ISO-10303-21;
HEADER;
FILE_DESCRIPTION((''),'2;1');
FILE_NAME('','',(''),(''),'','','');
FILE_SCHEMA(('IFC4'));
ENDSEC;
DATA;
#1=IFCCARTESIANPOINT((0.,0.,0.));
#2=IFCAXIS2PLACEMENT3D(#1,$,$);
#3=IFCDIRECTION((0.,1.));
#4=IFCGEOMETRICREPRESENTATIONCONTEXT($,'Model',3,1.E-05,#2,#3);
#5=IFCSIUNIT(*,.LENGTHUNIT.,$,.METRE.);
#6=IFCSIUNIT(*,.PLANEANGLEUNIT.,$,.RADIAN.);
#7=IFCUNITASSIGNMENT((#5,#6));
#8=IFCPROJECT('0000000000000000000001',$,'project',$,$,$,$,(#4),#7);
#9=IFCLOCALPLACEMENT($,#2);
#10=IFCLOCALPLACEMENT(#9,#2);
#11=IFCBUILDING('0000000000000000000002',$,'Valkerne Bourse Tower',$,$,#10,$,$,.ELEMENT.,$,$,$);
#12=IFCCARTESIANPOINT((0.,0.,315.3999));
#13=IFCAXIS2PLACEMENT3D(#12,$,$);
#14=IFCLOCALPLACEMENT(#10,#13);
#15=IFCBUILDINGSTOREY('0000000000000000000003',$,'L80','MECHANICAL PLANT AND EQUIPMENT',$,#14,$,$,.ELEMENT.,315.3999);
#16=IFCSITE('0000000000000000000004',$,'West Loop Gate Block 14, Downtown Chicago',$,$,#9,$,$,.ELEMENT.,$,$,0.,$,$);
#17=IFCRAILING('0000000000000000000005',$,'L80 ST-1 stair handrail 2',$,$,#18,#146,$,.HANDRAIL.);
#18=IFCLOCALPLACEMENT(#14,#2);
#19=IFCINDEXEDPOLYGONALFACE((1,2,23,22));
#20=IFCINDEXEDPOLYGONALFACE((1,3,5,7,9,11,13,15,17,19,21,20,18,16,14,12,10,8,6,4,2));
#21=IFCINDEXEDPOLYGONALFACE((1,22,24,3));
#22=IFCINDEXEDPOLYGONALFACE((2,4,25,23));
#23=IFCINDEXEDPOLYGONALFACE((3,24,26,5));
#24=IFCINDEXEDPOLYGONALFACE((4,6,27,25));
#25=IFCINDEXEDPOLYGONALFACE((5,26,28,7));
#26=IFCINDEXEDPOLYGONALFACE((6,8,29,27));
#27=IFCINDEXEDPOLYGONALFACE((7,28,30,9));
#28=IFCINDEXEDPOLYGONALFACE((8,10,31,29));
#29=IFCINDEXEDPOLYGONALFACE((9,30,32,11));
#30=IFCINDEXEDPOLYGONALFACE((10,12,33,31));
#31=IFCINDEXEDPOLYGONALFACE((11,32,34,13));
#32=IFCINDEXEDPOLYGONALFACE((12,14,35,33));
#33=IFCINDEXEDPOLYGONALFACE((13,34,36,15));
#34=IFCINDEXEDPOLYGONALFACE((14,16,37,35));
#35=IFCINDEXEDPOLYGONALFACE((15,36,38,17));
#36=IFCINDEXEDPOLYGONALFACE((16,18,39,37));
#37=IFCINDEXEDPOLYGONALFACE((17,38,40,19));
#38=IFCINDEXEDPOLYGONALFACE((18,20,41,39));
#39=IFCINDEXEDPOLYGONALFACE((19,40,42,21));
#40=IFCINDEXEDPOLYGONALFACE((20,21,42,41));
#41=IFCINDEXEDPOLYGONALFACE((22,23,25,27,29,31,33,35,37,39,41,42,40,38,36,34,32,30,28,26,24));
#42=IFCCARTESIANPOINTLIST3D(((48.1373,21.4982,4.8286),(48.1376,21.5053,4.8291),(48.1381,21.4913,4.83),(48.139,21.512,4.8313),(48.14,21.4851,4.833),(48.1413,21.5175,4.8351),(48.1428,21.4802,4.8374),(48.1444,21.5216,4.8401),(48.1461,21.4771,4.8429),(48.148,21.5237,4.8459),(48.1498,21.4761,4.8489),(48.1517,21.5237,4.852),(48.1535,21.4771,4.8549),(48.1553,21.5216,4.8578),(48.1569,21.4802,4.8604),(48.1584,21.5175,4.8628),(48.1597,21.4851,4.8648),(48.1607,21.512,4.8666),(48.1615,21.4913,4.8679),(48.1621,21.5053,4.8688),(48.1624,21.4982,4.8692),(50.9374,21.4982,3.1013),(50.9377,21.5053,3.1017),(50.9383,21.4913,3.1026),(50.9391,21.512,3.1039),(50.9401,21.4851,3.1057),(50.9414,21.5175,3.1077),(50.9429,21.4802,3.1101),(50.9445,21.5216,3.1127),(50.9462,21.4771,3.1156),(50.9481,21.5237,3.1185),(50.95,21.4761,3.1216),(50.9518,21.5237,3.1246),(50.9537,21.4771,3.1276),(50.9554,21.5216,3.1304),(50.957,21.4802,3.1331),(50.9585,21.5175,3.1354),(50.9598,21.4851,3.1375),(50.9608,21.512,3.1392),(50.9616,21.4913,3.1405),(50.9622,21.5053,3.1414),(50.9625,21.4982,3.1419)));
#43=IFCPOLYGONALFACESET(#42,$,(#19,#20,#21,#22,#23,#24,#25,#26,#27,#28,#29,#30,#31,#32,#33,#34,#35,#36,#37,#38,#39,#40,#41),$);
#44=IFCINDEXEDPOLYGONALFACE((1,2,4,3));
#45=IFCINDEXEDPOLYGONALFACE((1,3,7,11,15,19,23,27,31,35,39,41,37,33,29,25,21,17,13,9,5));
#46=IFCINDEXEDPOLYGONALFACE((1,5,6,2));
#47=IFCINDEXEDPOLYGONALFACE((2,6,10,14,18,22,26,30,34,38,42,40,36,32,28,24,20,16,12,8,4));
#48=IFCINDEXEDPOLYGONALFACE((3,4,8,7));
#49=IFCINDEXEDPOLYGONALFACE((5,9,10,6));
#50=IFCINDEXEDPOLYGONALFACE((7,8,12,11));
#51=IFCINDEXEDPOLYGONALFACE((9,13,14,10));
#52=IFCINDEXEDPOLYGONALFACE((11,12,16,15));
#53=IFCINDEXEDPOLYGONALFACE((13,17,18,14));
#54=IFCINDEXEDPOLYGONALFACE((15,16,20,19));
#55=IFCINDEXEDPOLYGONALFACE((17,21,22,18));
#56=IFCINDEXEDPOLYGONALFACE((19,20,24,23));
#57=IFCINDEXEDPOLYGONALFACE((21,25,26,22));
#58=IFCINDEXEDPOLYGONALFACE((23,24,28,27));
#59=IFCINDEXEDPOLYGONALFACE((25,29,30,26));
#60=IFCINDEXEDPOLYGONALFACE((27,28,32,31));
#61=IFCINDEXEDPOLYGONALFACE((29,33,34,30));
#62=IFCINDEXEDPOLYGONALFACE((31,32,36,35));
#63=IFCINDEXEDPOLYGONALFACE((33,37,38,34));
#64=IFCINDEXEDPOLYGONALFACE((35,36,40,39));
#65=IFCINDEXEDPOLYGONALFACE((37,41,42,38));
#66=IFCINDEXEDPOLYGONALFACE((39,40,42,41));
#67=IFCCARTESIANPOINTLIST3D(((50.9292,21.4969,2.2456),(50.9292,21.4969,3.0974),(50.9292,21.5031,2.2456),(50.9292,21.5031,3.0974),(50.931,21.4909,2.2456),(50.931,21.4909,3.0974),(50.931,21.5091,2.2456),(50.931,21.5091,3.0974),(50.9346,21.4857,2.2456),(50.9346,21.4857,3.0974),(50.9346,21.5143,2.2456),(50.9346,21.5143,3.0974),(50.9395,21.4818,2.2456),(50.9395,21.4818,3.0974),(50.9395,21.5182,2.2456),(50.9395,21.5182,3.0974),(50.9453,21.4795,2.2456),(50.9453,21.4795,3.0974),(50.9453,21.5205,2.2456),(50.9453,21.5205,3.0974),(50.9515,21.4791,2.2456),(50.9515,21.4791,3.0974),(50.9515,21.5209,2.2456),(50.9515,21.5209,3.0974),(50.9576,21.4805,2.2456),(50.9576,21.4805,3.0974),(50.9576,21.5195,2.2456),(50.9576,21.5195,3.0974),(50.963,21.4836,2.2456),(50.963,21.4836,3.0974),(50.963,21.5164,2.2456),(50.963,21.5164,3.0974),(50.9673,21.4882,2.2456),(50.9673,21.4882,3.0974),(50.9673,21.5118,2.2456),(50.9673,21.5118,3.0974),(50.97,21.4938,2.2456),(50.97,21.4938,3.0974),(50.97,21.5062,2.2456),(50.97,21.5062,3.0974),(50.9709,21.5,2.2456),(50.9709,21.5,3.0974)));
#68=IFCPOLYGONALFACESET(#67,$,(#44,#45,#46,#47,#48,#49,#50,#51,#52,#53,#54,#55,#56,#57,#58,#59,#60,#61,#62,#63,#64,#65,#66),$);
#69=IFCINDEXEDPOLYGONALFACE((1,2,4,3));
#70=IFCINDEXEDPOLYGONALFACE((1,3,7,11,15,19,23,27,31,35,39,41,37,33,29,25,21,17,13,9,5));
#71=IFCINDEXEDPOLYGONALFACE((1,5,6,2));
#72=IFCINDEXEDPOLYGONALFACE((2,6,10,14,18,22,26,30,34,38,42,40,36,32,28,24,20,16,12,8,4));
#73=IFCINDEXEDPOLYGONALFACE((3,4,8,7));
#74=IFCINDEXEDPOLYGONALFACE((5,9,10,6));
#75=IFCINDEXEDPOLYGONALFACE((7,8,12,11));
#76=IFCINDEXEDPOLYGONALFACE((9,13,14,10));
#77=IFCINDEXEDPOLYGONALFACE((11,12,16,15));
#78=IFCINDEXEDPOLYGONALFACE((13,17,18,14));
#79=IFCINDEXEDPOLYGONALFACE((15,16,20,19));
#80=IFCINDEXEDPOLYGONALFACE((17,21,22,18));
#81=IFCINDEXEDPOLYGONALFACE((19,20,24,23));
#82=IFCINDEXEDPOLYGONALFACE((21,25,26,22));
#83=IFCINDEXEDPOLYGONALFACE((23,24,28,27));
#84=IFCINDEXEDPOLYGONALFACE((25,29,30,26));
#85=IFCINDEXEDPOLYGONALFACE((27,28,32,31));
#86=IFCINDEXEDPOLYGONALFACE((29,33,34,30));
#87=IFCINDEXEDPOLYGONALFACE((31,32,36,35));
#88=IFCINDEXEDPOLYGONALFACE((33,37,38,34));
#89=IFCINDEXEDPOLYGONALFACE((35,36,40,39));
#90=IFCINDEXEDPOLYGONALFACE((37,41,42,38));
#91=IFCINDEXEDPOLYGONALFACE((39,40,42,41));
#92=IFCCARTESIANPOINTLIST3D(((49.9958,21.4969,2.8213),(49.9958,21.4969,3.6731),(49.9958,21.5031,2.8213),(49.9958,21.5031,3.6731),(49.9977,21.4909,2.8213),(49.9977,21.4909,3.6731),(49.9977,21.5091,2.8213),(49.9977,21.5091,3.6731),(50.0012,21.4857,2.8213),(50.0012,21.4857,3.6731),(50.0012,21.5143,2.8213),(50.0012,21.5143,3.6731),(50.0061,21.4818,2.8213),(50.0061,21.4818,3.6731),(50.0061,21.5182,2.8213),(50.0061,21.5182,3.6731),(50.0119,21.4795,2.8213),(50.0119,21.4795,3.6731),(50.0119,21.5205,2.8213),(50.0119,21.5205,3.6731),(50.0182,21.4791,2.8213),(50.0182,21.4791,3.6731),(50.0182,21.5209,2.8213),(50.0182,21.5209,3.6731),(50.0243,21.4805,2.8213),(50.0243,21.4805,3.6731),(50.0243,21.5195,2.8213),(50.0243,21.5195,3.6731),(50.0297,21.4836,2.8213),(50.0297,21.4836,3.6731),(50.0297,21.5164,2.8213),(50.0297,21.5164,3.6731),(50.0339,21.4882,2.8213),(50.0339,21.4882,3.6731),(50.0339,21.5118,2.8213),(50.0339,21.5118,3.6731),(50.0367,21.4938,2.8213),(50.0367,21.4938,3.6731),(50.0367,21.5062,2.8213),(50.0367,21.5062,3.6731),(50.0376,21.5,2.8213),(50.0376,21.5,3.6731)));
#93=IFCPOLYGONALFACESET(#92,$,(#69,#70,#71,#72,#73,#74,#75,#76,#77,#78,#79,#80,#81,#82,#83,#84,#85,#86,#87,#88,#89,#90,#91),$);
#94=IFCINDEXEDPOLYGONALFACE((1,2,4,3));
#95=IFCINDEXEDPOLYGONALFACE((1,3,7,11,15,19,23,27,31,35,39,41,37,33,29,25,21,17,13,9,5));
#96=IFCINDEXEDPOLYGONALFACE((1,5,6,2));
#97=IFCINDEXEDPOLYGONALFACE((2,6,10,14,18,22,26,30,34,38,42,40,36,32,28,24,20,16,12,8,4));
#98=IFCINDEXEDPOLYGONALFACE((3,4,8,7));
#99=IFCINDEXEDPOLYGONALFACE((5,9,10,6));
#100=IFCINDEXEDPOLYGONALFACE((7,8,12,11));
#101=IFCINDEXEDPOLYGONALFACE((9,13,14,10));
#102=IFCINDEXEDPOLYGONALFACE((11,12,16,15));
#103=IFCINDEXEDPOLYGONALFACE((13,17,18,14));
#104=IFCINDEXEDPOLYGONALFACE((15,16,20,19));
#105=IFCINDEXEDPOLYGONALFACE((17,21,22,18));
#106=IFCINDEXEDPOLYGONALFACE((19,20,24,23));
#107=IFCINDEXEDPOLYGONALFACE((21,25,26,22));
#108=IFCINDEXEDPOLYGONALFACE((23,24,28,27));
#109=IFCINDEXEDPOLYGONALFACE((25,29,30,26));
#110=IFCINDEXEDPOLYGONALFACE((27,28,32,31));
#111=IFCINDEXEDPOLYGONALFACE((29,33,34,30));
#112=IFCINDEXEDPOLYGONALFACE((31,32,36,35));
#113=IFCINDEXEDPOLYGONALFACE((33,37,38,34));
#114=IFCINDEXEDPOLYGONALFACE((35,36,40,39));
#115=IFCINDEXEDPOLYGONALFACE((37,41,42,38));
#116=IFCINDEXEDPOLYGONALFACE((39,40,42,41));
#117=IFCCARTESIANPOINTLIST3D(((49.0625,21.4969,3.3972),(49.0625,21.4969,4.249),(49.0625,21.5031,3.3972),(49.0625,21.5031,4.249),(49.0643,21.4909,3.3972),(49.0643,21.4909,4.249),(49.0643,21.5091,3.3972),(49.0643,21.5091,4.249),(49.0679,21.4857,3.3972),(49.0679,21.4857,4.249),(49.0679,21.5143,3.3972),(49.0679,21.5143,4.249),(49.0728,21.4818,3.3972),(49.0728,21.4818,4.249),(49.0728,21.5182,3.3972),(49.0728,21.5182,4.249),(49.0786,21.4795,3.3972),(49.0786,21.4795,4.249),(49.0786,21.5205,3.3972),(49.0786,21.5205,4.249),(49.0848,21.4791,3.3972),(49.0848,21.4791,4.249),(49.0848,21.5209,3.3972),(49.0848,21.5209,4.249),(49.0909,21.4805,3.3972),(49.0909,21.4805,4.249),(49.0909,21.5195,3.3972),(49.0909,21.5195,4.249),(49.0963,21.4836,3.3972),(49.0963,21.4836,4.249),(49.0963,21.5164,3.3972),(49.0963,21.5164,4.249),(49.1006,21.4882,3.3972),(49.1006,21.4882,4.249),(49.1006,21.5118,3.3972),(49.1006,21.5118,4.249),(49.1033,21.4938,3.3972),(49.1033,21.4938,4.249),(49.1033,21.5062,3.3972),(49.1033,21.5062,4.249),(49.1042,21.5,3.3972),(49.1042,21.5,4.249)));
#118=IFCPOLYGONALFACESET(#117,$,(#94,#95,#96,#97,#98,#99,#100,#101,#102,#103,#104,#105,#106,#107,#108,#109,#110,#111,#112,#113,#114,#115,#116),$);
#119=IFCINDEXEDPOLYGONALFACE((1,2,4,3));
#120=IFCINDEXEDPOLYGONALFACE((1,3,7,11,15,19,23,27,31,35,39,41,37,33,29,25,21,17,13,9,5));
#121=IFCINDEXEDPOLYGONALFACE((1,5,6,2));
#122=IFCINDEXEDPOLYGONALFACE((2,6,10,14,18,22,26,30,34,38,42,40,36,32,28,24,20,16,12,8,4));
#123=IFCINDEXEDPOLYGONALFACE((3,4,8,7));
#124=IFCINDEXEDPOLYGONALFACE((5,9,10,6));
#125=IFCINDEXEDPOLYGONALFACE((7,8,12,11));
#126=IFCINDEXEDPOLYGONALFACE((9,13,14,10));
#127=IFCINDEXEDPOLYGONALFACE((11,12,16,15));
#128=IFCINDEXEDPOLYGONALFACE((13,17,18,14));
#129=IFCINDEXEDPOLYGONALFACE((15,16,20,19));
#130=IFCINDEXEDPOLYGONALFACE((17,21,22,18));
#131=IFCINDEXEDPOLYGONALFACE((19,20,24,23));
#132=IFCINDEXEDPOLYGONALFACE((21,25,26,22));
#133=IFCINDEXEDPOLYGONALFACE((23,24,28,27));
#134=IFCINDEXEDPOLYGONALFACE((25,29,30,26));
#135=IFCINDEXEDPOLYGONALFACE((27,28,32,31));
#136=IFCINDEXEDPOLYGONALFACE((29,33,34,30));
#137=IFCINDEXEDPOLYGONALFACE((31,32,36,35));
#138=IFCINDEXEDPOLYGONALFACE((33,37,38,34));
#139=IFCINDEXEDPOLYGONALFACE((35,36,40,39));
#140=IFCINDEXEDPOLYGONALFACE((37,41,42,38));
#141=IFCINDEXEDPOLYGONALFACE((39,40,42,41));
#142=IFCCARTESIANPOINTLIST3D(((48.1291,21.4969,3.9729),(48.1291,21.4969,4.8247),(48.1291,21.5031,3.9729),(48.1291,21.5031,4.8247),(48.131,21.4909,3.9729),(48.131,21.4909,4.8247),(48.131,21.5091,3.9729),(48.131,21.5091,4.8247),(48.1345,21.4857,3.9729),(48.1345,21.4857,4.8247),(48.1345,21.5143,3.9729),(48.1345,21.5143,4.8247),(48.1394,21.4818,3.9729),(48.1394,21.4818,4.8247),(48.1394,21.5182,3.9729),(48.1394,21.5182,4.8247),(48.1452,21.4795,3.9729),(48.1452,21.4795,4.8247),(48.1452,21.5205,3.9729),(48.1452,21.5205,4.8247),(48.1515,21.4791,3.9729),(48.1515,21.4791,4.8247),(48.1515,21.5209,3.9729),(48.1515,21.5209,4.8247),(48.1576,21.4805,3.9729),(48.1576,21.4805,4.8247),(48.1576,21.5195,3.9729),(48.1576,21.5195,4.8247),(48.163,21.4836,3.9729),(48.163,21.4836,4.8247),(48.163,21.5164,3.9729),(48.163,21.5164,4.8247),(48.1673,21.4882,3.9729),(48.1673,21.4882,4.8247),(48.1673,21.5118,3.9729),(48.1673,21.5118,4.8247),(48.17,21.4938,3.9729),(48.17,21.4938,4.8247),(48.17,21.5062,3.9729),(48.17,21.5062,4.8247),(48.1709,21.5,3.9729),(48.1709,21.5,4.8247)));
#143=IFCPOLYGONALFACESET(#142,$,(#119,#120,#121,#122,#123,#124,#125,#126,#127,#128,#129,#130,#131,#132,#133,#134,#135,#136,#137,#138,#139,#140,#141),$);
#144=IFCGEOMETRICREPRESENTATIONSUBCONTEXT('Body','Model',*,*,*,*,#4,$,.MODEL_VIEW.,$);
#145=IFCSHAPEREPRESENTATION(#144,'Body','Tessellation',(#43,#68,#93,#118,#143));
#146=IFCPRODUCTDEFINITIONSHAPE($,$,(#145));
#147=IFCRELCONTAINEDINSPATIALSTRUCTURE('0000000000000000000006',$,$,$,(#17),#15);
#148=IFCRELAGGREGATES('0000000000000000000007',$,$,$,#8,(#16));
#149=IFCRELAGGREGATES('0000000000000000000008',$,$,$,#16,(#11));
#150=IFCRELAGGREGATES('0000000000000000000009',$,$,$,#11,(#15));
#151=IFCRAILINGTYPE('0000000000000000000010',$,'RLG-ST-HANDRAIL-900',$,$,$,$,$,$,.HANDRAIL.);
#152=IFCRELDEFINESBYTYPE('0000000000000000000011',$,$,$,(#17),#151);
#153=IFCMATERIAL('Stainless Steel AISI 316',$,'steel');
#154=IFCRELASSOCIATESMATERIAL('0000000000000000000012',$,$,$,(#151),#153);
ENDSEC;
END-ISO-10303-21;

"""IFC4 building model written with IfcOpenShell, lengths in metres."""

from ifc_helpers import new_model, si_unit, direction, frame, origin, origin_2d, place, context, subcontext, project, spatial, circle, extrude, material, type_object, element, save


model = new_model("IFC4")

# Units and contexts
model_context = context("Model", 3, precision=1e-05, world=origin(), true_north=direction((0.0, 1.0)))
body_context = subcontext(model_context, "Body", "Model", "MODEL_VIEW")
ifc_project = project(units=[si_unit("LENGTHUNIT", "METRE"), si_unit("PLANEANGLEUNIT", "RADIAN")], contexts=[model_context])

# Site, building, storey
site_placement = place(None, origin())
site = spatial("IfcSite", under=ifc_project, at=site_placement, Name="West Loop Gate Block 14, Downtown Chicago", CompositionType="ELEMENT", RefElevation=0.0)
building_placement = place(site_placement, origin())
building = spatial("IfcBuilding", under=site, at=building_placement, Name="Valkerne Bourse Tower", CompositionType="ELEMENT")
storey_placement = place(building_placement, frame((0.0, 0.0, 315.3999)))
storey = spatial("IfcBuildingStorey", under=building, at=storey_placement, Name="L80", Description="MECHANICAL PLANT AND EQUIPMENT", CompositionType="ELEMENT", Elevation=315.3999)

# Shared definitions
ifc_material_1 = material(Name="Stainless Steel AISI 316", Category="steel")

# Railing
railing_type_1 = type_object("IfcRailingType", Name="RLG-ST-HANDRAIL-900", PredefinedType="HANDRAIL", material=ifc_material_1)
railing_1_placement = place(storey_placement, frame((50.95, 21.5, 2.2456)))
element("IfcRailing", 1, at=railing_1_placement, inside=storey, type_object=railing_type_1, Name="L80 ST-1 stair handrail 2", PredefinedType="HANDRAIL", context=body_context, shape_type="SweptSolid", body=[
    extrude(circle(Radius=0.0239, at=origin_2d()), frame((0.0, 0.0, 0.876), z_axis=(-0.85109, 0.0, 0.52502), x_axis=(0.0, -1.0, 0.0)), (0.0, 0.0, 1.0), 3.29),
    extrude(circle(Radius=0.021, at=origin_2d()), origin(), (0.0, 0.0, 1.0), 0.8518),
    extrude(circle(Radius=0.021, at=origin_2d()), frame((-0.9333, 0.0, 0.5757)), (0.0, 0.0, 1.0), 0.8518),
    extrude(circle(Radius=0.021, at=origin_2d()), frame((-1.8667, 0.0, 1.1516)), (0.0, 0.0, 1.0), 0.8518),
    extrude(circle(Radius=0.021, at=origin_2d()), frame((-2.8, 0.0, 1.7273)), (0.0, 0.0, 1.0), 0.8518),
])

save(model, "model.ifc")
